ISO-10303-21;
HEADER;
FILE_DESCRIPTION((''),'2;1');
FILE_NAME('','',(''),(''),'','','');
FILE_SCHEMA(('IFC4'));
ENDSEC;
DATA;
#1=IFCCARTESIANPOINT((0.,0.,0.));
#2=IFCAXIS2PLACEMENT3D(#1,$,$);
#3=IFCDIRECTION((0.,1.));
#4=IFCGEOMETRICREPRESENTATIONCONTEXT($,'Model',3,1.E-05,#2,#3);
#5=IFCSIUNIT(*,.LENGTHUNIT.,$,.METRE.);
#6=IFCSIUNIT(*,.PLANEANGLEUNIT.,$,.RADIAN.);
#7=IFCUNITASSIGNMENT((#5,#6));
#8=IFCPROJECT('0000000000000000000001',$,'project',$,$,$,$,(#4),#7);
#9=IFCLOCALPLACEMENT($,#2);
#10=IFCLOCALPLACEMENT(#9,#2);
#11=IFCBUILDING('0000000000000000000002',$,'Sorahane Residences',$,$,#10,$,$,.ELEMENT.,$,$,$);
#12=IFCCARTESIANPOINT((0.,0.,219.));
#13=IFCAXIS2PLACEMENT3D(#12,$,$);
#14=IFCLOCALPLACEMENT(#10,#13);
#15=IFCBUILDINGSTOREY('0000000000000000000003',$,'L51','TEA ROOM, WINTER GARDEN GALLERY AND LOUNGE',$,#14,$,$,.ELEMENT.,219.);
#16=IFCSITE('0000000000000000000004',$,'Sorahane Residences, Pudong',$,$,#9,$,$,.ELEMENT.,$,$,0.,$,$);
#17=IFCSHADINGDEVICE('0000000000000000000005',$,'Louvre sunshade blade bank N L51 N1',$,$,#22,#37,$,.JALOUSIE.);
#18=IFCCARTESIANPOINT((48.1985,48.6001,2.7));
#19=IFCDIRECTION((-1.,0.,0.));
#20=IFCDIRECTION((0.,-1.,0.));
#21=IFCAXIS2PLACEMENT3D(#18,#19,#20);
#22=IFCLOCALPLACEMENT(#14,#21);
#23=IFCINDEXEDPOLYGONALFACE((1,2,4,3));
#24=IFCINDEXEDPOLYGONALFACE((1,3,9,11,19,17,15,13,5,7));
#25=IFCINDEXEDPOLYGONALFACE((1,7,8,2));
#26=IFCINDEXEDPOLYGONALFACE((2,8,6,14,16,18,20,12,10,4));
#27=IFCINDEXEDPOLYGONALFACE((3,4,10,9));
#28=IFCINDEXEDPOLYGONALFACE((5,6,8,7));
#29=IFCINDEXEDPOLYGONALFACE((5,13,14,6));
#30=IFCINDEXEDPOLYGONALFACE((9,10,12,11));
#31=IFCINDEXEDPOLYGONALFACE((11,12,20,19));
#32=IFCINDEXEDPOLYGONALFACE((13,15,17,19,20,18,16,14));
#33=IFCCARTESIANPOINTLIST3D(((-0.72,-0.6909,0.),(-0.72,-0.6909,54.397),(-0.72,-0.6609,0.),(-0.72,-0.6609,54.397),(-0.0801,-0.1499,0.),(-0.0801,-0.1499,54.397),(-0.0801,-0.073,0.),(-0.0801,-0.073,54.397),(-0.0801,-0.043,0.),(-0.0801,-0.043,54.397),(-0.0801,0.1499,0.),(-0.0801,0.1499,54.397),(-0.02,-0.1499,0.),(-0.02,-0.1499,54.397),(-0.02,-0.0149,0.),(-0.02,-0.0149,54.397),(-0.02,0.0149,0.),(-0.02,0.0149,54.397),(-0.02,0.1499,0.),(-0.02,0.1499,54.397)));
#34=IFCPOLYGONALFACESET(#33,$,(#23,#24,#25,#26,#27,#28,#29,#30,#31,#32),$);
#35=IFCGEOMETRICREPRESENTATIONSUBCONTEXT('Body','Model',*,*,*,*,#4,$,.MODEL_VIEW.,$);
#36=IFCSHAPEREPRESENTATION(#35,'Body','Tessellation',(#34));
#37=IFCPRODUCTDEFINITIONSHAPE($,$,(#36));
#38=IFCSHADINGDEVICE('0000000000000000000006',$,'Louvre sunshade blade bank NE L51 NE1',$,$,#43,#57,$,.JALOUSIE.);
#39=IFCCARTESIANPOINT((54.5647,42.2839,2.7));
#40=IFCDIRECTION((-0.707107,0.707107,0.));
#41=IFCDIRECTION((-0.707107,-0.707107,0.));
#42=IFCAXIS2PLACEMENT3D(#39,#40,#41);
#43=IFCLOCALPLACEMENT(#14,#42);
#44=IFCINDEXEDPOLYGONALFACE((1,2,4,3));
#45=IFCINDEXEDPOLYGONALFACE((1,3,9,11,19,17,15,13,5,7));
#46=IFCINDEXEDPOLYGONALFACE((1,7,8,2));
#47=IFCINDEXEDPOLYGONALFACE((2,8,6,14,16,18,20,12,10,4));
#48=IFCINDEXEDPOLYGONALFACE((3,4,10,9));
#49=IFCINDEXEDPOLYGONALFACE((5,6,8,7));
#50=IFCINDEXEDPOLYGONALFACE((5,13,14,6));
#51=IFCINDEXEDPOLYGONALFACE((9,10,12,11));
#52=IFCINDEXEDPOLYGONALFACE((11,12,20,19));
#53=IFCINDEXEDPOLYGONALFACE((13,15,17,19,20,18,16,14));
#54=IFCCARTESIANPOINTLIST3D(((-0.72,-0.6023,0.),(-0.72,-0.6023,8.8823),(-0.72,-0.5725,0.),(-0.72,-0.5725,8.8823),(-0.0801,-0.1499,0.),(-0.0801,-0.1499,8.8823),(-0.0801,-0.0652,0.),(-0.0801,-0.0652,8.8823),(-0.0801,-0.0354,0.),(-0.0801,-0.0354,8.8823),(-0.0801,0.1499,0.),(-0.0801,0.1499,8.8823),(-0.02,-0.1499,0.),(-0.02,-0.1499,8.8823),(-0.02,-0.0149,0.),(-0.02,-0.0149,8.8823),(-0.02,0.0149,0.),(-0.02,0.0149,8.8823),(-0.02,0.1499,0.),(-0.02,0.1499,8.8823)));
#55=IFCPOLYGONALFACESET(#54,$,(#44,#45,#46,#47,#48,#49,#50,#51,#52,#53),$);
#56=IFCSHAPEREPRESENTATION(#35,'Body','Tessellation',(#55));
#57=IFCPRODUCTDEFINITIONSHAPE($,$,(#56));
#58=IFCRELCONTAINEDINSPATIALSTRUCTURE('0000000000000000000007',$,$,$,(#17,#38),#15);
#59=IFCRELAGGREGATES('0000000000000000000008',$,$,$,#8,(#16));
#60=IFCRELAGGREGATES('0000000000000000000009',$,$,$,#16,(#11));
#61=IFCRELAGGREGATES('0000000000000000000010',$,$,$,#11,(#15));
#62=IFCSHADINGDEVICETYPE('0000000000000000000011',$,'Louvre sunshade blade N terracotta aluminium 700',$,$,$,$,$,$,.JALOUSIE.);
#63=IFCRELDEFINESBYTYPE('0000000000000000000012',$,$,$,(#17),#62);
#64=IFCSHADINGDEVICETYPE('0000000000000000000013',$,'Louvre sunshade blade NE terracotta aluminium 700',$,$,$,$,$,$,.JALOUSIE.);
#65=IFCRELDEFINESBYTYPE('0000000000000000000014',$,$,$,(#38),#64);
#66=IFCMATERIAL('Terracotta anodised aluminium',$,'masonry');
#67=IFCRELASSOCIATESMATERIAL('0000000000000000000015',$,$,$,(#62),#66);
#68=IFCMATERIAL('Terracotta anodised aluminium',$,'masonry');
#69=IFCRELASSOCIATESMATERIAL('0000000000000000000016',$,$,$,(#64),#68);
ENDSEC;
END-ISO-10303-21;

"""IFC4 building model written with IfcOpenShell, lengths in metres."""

from ifc_helpers import new_model, si_unit, direction, frame, origin, place, context, subcontext, project, spatial, polyline, outline, extrude, material, type_object, element, save


model = new_model("IFC4")

# Units and contexts
model_context = context("Model", 3, precision=1e-05, world=origin(), true_north=direction((0.0, 1.0)))
body_context = subcontext(model_context, "Body", "Model", "MODEL_VIEW")
ifc_project = project(units=[si_unit("LENGTHUNIT", "METRE"), si_unit("PLANEANGLEUNIT", "RADIAN")], contexts=[model_context])

# Site, building, storey
site_placement = place(None, origin())
site = spatial("IfcSite", under=ifc_project, at=site_placement, Name="Sorahane Residences, Pudong", CompositionType="ELEMENT", RefElevation=0.0)
building_placement = place(site_placement, origin())
building = spatial("IfcBuilding", under=site, at=building_placement, Name="Sorahane Residences", CompositionType="ELEMENT")
storey_placement = place(building_placement, frame((0.0, 0.0, 219.0)))
storey = spatial("IfcBuildingStorey", under=building, at=storey_placement, Name="L51", Description="TEA ROOM, WINTER GARDEN GALLERY AND LOUNGE", CompositionType="ELEMENT", Elevation=219.0)

# Shading devices
ifc_material_1 = material(Name="Terracotta anodised aluminium", Category="masonry")
shading_device_type_1 = type_object("IfcShadingDeviceType", Name="Louvre sunshade blade N terracotta aluminium 700", PredefinedType="JALOUSIE", material=ifc_material_1)
shading_device_1_placement = place(storey_placement, frame((48.1985, 48.6001, 2.7), z_axis=(-1.0, 0.0, 0.0), x_axis=(0.0, -1.0, 0.0)))
element("IfcShadingDevice", 1, at=shading_device_1_placement, inside=storey, type_object=shading_device_type_1, Name="Louvre sunshade blade bank N L51 N1", PredefinedType="JALOUSIE", context=body_context, shape_type="SweptSolid", body=[
    extrude(outline(polyline([(-0.72, -0.6609), (-0.72, -0.6909), (-0.0801, -0.073), (-0.0801, -0.1499), (-0.02, -0.1499), (-0.02, -0.0149), (-0.02, 0.0149), (-0.02, 0.1499), (-0.0801, 0.1499), (-0.0801, -0.043), (-0.72, -0.6609)])), origin(), (0.0, 0.0, 1.0), 54.397),
])
ifc_material_2 = material(Name="Terracotta anodised aluminium", Category="masonry")
shading_device_type_2 = type_object("IfcShadingDeviceType", Name="Louvre sunshade blade NE terracotta aluminium 700", PredefinedType="JALOUSIE", material=ifc_material_2)
shading_device_2_placement = place(storey_placement, frame((54.5647, 42.2839, 2.7), z_axis=(-0.707107, 0.707107, 0.0), x_axis=(-0.707107, -0.707107, 0.0)))
element("IfcShadingDevice", 2, at=shading_device_2_placement, inside=storey, type_object=shading_device_type_2, Name="Louvre sunshade blade bank NE L51 NE1", PredefinedType="JALOUSIE", context=body_context, shape_type="SweptSolid", body=[
    extrude(outline(polyline([(-0.72, -0.5725), (-0.72, -0.6023), (-0.0801, -0.0652), (-0.0801, -0.1499), (-0.02, -0.1499), (-0.02, -0.0149), (-0.02, 0.0149), (-0.02, 0.1499), (-0.0801, 0.1499), (-0.0801, -0.0354), (-0.72, -0.5725)])), origin(), (0.0, 0.0, 1.0), 8.8823),
])

save(model, "model.ifc")
